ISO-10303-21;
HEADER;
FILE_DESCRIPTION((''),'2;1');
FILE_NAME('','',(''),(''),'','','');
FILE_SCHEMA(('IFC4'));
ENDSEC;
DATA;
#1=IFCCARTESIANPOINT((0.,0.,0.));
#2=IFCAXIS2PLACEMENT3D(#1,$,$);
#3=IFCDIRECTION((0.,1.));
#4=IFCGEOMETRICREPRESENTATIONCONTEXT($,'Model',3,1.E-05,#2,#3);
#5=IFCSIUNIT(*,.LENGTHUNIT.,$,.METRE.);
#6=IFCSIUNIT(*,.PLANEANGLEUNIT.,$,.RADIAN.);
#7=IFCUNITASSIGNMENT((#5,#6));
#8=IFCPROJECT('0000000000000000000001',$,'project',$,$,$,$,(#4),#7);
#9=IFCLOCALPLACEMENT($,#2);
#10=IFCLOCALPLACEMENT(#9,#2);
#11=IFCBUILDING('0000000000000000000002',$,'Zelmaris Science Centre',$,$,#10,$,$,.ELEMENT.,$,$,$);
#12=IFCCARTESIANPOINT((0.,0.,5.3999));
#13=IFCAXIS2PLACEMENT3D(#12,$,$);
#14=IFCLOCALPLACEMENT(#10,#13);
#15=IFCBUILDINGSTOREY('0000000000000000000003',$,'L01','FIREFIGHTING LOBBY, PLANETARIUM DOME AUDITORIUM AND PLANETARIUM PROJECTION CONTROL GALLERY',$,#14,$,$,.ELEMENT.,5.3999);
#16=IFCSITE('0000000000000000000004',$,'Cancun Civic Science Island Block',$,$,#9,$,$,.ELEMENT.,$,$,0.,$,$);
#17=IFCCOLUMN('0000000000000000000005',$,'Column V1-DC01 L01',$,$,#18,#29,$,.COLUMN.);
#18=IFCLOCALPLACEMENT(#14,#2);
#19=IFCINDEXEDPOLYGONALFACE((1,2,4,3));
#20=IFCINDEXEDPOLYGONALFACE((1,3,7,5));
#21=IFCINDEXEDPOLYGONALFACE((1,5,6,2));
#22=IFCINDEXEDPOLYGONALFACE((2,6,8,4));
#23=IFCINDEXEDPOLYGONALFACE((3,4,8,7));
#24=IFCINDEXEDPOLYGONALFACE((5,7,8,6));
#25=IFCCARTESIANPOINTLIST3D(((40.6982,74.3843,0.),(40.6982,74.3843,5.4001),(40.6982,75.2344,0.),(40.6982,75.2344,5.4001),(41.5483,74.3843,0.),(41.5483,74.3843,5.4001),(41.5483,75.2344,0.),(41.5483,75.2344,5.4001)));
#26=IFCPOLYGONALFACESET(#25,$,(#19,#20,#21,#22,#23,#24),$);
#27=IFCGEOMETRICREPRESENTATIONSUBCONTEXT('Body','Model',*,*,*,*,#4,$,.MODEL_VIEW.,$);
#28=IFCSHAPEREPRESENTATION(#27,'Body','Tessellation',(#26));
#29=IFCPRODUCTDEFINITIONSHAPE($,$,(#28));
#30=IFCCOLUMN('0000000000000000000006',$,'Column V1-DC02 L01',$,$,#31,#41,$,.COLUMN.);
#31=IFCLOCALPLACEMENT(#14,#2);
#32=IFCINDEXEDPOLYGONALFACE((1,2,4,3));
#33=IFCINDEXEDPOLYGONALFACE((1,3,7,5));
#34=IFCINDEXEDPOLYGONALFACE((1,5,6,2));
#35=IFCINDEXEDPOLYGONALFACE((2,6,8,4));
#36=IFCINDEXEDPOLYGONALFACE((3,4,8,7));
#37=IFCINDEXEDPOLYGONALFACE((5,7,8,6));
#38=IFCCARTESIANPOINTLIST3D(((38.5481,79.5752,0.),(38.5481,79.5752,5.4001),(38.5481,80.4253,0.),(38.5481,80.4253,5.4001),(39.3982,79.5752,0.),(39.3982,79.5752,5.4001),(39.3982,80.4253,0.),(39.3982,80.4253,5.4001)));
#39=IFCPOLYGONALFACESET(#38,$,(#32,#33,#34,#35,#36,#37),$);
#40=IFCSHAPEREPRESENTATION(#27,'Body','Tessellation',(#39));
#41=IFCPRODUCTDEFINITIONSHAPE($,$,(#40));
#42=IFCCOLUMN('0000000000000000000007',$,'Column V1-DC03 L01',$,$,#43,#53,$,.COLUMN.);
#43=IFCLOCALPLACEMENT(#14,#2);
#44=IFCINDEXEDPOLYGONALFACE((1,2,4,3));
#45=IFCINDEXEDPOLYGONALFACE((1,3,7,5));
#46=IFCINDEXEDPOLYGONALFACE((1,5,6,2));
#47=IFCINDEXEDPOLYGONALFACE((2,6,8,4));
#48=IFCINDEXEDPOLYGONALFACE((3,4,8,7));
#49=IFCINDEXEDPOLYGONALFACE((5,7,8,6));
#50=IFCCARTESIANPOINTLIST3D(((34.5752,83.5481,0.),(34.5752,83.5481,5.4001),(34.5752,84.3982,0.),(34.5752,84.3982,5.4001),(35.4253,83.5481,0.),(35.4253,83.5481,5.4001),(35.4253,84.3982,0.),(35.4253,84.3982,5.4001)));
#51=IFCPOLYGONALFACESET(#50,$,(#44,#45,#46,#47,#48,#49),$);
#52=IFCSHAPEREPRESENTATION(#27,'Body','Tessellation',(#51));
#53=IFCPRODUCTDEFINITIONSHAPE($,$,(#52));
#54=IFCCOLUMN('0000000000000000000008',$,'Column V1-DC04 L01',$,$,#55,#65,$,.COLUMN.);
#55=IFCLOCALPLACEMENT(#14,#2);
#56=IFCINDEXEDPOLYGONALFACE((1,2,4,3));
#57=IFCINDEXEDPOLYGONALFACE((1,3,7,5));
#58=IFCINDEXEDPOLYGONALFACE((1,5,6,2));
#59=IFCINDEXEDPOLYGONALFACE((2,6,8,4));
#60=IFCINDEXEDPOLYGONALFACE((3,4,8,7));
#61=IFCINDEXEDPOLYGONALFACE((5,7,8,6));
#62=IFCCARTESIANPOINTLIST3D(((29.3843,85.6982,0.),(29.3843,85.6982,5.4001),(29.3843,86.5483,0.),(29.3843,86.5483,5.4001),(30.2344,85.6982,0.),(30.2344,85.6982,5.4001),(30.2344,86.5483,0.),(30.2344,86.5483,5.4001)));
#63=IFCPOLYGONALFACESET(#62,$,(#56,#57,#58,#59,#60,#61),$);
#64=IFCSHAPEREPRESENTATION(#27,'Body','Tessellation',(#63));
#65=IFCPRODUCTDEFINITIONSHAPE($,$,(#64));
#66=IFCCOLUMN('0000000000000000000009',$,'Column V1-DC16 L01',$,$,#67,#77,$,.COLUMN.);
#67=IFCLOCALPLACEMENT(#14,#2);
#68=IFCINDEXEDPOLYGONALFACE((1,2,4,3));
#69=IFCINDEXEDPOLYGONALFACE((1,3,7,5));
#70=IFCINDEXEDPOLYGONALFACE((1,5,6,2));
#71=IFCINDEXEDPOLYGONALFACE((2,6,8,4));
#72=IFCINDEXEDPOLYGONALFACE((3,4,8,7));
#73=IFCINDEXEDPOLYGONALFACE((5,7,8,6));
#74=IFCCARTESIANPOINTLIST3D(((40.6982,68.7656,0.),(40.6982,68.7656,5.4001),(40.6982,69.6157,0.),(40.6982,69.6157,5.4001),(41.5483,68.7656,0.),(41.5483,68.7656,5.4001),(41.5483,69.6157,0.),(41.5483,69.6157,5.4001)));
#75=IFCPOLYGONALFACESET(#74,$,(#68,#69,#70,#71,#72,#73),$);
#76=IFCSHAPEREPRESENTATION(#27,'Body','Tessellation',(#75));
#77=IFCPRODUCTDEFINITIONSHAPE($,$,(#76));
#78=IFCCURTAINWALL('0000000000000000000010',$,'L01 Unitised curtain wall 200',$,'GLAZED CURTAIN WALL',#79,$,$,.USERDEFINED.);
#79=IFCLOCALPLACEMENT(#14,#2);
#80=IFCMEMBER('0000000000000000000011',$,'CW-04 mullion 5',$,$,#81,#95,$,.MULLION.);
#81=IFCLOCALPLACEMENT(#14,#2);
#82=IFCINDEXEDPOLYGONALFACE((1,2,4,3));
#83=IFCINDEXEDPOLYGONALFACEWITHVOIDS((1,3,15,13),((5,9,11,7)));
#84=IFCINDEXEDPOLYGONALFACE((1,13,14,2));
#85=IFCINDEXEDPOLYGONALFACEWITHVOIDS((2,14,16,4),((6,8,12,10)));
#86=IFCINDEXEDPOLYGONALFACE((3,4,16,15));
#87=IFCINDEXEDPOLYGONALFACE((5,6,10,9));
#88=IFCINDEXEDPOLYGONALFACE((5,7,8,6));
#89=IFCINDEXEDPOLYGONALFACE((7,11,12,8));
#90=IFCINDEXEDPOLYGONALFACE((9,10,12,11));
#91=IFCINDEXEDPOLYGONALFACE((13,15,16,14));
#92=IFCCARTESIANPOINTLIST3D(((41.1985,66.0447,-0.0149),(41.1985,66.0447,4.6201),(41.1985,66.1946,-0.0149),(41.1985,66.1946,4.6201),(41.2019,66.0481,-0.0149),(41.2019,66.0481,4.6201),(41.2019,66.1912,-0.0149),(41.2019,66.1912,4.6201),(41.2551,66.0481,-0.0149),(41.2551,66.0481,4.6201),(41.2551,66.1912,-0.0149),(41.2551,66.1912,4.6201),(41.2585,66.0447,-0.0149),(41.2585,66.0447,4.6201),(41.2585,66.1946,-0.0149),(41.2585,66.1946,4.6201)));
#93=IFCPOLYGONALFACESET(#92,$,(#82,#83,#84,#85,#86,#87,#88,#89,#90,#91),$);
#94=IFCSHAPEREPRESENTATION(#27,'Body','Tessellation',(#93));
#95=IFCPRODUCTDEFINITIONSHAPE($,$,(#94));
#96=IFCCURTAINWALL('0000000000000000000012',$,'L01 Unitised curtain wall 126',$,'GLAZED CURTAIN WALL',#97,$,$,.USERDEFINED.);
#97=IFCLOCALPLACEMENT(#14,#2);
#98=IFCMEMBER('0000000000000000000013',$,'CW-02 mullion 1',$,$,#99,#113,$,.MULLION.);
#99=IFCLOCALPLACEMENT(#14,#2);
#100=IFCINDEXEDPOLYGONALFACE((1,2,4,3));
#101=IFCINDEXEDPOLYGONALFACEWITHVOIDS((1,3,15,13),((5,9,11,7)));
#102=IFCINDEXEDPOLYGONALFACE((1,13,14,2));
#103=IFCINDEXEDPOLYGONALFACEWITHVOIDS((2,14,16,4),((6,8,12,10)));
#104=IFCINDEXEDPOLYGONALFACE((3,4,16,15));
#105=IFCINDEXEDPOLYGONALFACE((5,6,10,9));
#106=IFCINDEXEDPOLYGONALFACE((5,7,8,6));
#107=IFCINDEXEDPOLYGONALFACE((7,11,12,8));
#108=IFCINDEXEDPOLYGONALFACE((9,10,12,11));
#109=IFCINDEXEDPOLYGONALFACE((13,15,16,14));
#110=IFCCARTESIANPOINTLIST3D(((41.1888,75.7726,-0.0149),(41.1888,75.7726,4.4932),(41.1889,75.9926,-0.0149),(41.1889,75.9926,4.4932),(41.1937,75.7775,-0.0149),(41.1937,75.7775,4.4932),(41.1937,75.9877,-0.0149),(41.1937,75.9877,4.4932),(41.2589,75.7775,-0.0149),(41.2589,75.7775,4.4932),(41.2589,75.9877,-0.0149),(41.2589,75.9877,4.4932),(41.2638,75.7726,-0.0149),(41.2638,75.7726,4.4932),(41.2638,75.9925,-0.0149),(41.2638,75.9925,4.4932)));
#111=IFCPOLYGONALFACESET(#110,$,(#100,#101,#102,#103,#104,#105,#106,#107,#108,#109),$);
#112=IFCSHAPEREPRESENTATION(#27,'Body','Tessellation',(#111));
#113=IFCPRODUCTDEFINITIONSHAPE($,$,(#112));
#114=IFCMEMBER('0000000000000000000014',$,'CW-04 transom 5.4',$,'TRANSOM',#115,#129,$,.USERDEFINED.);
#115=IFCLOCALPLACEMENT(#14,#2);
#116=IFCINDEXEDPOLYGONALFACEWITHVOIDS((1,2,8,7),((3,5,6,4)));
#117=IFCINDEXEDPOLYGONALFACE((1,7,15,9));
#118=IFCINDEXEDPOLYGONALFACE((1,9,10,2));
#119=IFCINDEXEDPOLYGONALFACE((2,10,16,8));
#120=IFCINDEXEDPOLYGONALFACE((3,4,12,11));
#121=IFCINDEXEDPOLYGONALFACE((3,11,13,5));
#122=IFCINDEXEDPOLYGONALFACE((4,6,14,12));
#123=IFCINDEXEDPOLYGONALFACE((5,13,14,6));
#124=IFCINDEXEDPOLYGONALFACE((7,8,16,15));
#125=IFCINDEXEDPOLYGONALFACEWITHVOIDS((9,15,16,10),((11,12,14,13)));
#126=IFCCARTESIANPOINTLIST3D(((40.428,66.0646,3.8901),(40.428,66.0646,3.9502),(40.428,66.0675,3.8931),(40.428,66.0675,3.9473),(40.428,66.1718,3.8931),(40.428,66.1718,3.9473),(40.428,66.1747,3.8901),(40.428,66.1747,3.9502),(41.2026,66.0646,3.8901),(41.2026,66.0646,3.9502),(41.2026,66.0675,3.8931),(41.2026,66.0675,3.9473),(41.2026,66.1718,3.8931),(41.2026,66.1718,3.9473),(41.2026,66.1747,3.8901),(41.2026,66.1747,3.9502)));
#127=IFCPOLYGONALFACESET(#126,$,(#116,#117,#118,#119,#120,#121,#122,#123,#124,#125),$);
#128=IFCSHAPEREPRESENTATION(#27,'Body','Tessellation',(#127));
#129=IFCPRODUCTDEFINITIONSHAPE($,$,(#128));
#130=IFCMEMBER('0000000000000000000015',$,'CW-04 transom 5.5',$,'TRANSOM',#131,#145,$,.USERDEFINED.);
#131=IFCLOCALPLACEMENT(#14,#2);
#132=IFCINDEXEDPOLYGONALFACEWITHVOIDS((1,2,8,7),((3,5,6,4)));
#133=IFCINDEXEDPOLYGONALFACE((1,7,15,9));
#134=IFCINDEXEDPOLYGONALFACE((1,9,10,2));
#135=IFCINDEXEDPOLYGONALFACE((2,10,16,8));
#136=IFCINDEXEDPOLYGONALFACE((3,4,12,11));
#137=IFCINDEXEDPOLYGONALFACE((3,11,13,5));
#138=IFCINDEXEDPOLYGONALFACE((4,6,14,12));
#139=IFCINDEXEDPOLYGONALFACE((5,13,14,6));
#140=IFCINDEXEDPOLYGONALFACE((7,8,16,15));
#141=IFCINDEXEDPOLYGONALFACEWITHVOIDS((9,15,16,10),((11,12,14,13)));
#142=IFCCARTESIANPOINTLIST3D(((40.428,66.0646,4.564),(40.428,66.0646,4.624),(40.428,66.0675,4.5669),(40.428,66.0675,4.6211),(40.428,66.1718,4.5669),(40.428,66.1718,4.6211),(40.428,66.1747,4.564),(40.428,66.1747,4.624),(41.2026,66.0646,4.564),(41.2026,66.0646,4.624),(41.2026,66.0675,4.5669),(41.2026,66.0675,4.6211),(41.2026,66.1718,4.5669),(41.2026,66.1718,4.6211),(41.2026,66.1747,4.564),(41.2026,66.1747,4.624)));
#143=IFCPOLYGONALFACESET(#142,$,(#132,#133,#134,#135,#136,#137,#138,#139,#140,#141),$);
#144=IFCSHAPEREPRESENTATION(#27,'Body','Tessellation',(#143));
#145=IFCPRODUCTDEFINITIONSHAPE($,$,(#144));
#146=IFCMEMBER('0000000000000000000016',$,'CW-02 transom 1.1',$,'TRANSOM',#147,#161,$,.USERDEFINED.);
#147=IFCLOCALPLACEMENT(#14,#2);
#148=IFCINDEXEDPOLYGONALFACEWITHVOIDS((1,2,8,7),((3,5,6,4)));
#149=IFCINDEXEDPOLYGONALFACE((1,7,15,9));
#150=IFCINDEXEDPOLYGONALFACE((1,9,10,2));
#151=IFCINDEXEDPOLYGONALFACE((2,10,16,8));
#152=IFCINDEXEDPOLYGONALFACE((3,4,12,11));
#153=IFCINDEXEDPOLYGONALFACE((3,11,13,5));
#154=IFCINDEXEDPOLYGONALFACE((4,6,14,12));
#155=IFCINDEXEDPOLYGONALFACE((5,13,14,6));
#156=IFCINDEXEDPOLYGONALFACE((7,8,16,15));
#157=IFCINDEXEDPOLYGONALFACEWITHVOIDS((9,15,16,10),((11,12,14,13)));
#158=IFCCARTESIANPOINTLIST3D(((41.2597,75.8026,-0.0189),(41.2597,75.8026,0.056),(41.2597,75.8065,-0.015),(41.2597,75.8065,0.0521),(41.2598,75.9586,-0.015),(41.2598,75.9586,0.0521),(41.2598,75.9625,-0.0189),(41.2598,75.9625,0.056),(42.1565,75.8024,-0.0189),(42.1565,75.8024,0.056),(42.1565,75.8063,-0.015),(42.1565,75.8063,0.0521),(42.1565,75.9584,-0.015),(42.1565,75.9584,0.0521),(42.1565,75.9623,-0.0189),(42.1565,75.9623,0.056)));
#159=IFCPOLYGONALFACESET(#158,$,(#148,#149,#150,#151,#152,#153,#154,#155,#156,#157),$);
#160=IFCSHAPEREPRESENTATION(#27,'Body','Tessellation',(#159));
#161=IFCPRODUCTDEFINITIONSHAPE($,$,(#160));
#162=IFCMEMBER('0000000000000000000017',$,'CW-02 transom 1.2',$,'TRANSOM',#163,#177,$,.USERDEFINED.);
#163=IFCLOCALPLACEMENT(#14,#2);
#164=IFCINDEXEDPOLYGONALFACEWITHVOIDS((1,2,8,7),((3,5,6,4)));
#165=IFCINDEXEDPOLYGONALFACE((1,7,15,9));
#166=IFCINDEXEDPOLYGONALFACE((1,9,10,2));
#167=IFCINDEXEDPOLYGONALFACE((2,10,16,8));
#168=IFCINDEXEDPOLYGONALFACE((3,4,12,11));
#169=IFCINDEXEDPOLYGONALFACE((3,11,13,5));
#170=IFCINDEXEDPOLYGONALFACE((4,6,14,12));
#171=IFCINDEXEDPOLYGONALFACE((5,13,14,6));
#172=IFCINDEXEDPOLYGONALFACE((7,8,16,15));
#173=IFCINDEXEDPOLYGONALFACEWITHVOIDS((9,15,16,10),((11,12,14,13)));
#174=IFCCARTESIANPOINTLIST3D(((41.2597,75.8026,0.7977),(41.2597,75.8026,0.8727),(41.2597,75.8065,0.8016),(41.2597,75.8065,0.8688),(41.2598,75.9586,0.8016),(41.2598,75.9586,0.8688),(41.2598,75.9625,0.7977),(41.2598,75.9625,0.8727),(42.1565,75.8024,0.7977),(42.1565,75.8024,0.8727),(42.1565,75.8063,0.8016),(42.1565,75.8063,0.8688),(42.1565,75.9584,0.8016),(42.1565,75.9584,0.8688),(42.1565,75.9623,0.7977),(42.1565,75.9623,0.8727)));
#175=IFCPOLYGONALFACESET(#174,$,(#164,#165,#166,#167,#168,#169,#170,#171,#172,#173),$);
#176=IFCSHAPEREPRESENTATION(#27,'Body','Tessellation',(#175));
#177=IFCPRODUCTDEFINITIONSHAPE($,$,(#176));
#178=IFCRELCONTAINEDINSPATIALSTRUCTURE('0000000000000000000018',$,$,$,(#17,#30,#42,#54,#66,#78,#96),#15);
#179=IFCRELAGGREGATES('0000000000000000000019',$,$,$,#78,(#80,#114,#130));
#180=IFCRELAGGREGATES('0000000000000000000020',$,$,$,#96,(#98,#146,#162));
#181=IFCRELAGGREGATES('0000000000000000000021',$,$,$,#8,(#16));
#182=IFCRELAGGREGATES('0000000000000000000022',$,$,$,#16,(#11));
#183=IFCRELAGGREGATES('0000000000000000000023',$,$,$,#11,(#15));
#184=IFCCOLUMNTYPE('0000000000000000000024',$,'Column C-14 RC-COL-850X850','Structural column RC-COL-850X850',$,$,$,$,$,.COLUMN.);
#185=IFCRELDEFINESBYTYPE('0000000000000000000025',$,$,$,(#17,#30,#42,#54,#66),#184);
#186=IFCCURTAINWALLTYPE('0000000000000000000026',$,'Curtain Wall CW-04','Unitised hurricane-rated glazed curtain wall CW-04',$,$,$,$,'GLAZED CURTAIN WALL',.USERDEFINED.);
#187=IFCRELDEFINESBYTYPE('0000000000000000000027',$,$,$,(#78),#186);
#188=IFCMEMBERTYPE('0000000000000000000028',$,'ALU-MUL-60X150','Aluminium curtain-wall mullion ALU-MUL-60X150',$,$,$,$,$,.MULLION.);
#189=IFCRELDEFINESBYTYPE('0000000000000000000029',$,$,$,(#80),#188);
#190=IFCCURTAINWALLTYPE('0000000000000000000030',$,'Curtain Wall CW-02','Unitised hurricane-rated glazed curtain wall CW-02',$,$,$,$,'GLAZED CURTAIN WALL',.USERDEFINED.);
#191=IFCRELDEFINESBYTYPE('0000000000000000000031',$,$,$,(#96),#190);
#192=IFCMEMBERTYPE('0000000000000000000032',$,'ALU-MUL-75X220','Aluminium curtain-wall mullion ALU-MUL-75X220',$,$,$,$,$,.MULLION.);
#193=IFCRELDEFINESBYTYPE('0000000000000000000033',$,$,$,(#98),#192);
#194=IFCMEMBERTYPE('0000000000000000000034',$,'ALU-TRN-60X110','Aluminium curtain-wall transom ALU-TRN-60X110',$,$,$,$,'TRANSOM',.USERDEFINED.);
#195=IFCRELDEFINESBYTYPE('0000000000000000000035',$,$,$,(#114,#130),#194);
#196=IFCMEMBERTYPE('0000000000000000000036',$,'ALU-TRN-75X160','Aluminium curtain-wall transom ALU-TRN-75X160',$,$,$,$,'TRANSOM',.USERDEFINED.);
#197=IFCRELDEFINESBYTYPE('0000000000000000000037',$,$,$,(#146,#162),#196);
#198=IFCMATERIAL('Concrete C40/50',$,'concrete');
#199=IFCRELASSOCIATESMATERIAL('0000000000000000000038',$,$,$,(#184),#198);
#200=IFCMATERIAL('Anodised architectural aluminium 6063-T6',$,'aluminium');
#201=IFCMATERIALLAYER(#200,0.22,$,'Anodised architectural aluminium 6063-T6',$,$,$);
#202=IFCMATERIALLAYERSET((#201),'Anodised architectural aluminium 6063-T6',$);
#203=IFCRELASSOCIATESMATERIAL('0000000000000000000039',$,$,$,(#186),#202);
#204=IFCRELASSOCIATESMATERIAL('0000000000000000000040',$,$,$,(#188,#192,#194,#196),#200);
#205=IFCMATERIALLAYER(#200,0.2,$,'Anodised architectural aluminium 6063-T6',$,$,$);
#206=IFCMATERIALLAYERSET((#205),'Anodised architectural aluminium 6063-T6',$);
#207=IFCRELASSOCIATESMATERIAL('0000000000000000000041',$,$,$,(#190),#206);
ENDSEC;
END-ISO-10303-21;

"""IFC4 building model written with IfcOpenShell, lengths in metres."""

from ifc_helpers import new_model, si_unit, direction, frame, origin, origin_2d, place, context, subcontext, project, spatial, rectangle, hollow_rectangle, extrude, material, layer, layer_set, material_profile, profile_set, type_object, element, aggregate, save


model = new_model("IFC4")

# Units and contexts
model_context = context("Model", 3, precision=1e-05, world=origin(), true_north=direction((0.0, 1.0)))
body_context = subcontext(model_context, "Body", "Model", "MODEL_VIEW")
ifc_project = project(units=[si_unit("LENGTHUNIT", "METRE"), si_unit("PLANEANGLEUNIT", "RADIAN")], contexts=[model_context])

# Site, building, storey
site_placement = place(None, origin())
site = spatial("IfcSite", under=ifc_project, at=site_placement, Name="Cancun Civic Science Island Block", CompositionType="ELEMENT", RefElevation=0.0)
building_placement = place(site_placement, origin())
building = spatial("IfcBuilding", under=site, at=building_placement, Name="Zelmaris Science Centre", CompositionType="ELEMENT")
storey_placement = place(building_placement, frame((0.0, 0.0, 5.3999)))
storey = spatial("IfcBuildingStorey", under=building, at=storey_placement, Name="L01", Description="FIREFIGHTING LOBBY, PLANETARIUM DOME AUDITORIUM AND PLANETARIUM PROJECTION CONTROL GALLERY", CompositionType="ELEMENT", Elevation=5.3999)

# Columns
ifc_material_1 = material(Name="Concrete C40/50", Category="concrete")
ifc_material_profile_1 = material_profile(ifc_material_1, rectangle(XDim=0.8501, YDim=0.8501, at=origin_2d()), Name="RC-COL-850X850")
ifc_profile_set_1 = profile_set([ifc_material_profile_1], Name="Concrete C40/50")
column_type = type_object("IfcColumnType", Name="Column C-14 RC-COL-850X850", Description="Structural column RC-COL-850X850", PredefinedType="COLUMN", material=ifc_profile_set_1)
for number, where, z_axis, x_axis, name in (
    (1, (41.1233, 74.8093, 0.0), (0.0, 0.0, 1.0), (1.0, 0.0, 0.0), "Column V1-DC01 L01"),
    (2, (38.9731, 80.0002, 0.0), (0.0, 0.0, 1.0), (1.0, 0.0, 0.0), "Column V1-DC02 L01"),
    (3, (35.0002, 83.9731, 0.0), (0.0, 0.0, 1.0), (1.0, 0.0, 0.0), "Column V1-DC03 L01"),
    (4, (29.8093, 86.1233, 0.0), (0.0, 0.0, 1.0), (1.0, 0.0, 0.0), "Column V1-DC04 L01"),
    (5, (41.1233, 69.1907, 0.0), (0.0, 0.0, 1.0), (1.0, 0.0, 0.0), "Column V1-DC16 L01"),
):
    element("IfcColumn", number, at=place(storey_placement, frame(where, z_axis=z_axis, x_axis=x_axis)), inside=storey, type_object=column_type, Name=name, PredefinedType="COLUMN", context=body_context, shape_type="SweptSolid", body=[
        extrude(rectangle(XDim=0.8501, YDim=0.8501, at=origin_2d()), origin(), (0.0, 0.0, 1.0), 5.4001),
    ])

# Curtain walls, members
ifc_material_2 = material(Name="Anodised architectural aluminium 6063-T6", Category="aluminium")
ifc_layer_1 = layer(ifc_material_2, 0.22, Name="Anodised architectural aluminium 6063-T6")
ifc_layer_set_1 = layer_set([ifc_layer_1], Name="Anodised architectural aluminium 6063-T6")
curtain_wall_type_1 = type_object("IfcCurtainWallType", Name="Curtain Wall CW-04", Description="Unitised hurricane-rated glazed curtain wall CW-04", ElementType="GLAZED CURTAIN WALL", PredefinedType="USERDEFINED", material=ifc_layer_set_1)
curtain_wall_1_placement = place(storey_placement, origin())
curtain_wall_1 = element("IfcCurtainWall", 6, at=curtain_wall_1_placement, inside=storey, type_object=curtain_wall_type_1, Name="L01 Unitised curtain wall 200", ObjectType="GLAZED CURTAIN WALL", PredefinedType="USERDEFINED")
ifc_material_profile_2 = material_profile(ifc_material_2, hollow_rectangle(XDim=0.0601, YDim=0.1499, WallThickness=0.0034, at=origin_2d()), Name="ALU-MUL-60X150")
ifc_profile_set_2 = profile_set([ifc_material_profile_2], Name="Anodised architectural aluminium 6063-T6")
member_type_1 = type_object("IfcMemberType", Name="ALU-MUL-60X150", Description="Aluminium curtain-wall mullion ALU-MUL-60X150", PredefinedType="MULLION", material=ifc_profile_set_2)
member_1_placement = place(storey_placement, frame((41.2285, 66.1196, -0.0149), z_axis=(0.0, 0.0, 1.0), x_axis=(-1.0, 0.0, 0.0)))
member_1 = element("IfcMember", 7, at=member_1_placement, type_object=member_type_1, Name="CW-04 mullion 5", PredefinedType="MULLION", context=body_context, shape_type="SweptSolid", body=[
    extrude(hollow_rectangle(XDim=0.0601, YDim=0.1499, WallThickness=0.0034, at=origin_2d()), origin(), (0.0, 0.0, 1.0), 4.635),
])
ifc_layer_2 = layer(ifc_material_2, 0.2, Name="Anodised architectural aluminium 6063-T6")
ifc_layer_set_2 = layer_set([ifc_layer_2], Name="Anodised architectural aluminium 6063-T6")
curtain_wall_type_2 = type_object("IfcCurtainWallType", Name="Curtain Wall CW-02", Description="Unitised hurricane-rated glazed curtain wall CW-02", ElementType="GLAZED CURTAIN WALL", PredefinedType="USERDEFINED", material=ifc_layer_set_2)
curtain_wall_2_placement = place(storey_placement, origin())
curtain_wall_2 = element("IfcCurtainWall", 8, at=curtain_wall_2_placement, inside=storey, type_object=curtain_wall_type_2, Name="L01 Unitised curtain wall 126", ObjectType="GLAZED CURTAIN WALL", PredefinedType="USERDEFINED")
ifc_material_profile_3 = material_profile(ifc_material_2, hollow_rectangle(XDim=0.075, YDim=0.22, WallThickness=0.0049, at=origin_2d()), Name="ALU-MUL-75X220")
ifc_profile_set_3 = profile_set([ifc_material_profile_3], Name="Anodised architectural aluminium 6063-T6")
member_type_2 = type_object("IfcMemberType", Name="ALU-MUL-75X220", Description="Aluminium curtain-wall mullion ALU-MUL-75X220", PredefinedType="MULLION", material=ifc_profile_set_3)
member_2_placement = place(storey_placement, frame((41.2263, 75.8826, -0.0149), z_axis=(0.0, 0.0, 1.0), x_axis=(1.0, -0.000194, 0.0)))
member_2 = element("IfcMember", 9, at=member_2_placement, type_object=member_type_2, Name="CW-02 mullion 1", PredefinedType="MULLION", context=body_context, shape_type="SweptSolid", body=[
    extrude(hollow_rectangle(XDim=0.075, YDim=0.22, WallThickness=0.0049, at=origin_2d()), origin(), (0.0, 0.0, 1.0), 4.5081),
])

# Members
ifc_material_profile_4 = material_profile(ifc_material_2, hollow_rectangle(XDim=0.0601, YDim=0.1101, WallThickness=0.0029, at=origin_2d()), Name="ALU-TRN-60X110")
ifc_profile_set_4 = profile_set([ifc_material_profile_4], Name="Anodised architectural aluminium 6063-T6")
member_type_3 = type_object("IfcMemberType", Name="ALU-TRN-60X110", Description="Aluminium curtain-wall transom ALU-TRN-60X110", ElementType="TRANSOM", PredefinedType="USERDEFINED", material=ifc_profile_set_4)
member_3_placement = place(storey_placement, frame((41.2026, 66.1196, 3.9202), z_axis=(-1.0, 0.0, 0.0), x_axis=(0.0, 0.0, 1.0)))
member_3 = element("IfcMember", 10, at=member_3_placement, type_object=member_type_3, Name="CW-04 transom 5.4", ObjectType="TRANSOM", PredefinedType="USERDEFINED", context=body_context, shape_type="SweptSolid", body=[
    extrude(hollow_rectangle(XDim=0.0601, YDim=0.1101, WallThickness=0.0029, at=origin_2d()), origin(), (0.0, 0.0, 1.0), 0.7747),
])
member_4_placement = place(storey_placement, frame((41.2026, 66.1196, 4.594), z_axis=(-1.0, 0.0, 0.0), x_axis=(0.0, 0.0, 1.0)))
member_4 = element("IfcMember", 11, at=member_4_placement, type_object=member_type_3, Name="CW-04 transom 5.5", ObjectType="TRANSOM", PredefinedType="USERDEFINED", context=body_context, shape_type="SweptSolid", body=[
    extrude(hollow_rectangle(XDim=0.0601, YDim=0.1101, WallThickness=0.0029, at=origin_2d()), origin(), (0.0, 0.0, 1.0), 0.7747),
])
aggregate(curtain_wall_1, [member_1, member_3, member_4])
ifc_material_profile_5 = material_profile(ifc_material_2, hollow_rectangle(XDim=0.075, YDim=0.1599, WallThickness=0.0039, at=origin_2d()), Name="ALU-TRN-75X160")
ifc_profile_set_5 = profile_set([ifc_material_profile_5], Name="Anodised architectural aluminium 6063-T6")
member_type_4 = type_object("IfcMemberType", Name="ALU-TRN-75X160", Description="Aluminium curtain-wall transom ALU-TRN-75X160", ElementType="TRANSOM", PredefinedType="USERDEFINED", material=ifc_profile_set_5)
member_5_placement = place(storey_placement, frame((41.2598, 75.8826, 0.0186), z_axis=(1.0, -0.000272, 0.0), x_axis=(0.0, 0.0, 1.0)))
member_5 = element("IfcMember", 12, at=member_5_placement, type_object=member_type_4, Name="CW-02 transom 1.1", ObjectType="TRANSOM", PredefinedType="USERDEFINED", context=body_context, shape_type="SweptSolid", body=[
    extrude(hollow_rectangle(XDim=0.075, YDim=0.1599, WallThickness=0.0039, at=origin_2d()), origin(), (0.0, 0.0, 1.0), 0.8967),
])
member_6_placement = place(storey_placement, frame((41.2598, 75.8826, 0.8352), z_axis=(1.0, -0.000272, 0.0), x_axis=(0.0, 0.0, 1.0)))
member_6 = element("IfcMember", 13, at=member_6_placement, type_object=member_type_4, Name="CW-02 transom 1.2", ObjectType="TRANSOM", PredefinedType="USERDEFINED", context=body_context, shape_type="SweptSolid", body=[
    extrude(hollow_rectangle(XDim=0.075, YDim=0.1599, WallThickness=0.0039, at=origin_2d()), origin(), (0.0, 0.0, 1.0), 0.8967),
])
aggregate(curtain_wall_2, [member_2, member_5, member_6])

save(model, "model.ifc")
